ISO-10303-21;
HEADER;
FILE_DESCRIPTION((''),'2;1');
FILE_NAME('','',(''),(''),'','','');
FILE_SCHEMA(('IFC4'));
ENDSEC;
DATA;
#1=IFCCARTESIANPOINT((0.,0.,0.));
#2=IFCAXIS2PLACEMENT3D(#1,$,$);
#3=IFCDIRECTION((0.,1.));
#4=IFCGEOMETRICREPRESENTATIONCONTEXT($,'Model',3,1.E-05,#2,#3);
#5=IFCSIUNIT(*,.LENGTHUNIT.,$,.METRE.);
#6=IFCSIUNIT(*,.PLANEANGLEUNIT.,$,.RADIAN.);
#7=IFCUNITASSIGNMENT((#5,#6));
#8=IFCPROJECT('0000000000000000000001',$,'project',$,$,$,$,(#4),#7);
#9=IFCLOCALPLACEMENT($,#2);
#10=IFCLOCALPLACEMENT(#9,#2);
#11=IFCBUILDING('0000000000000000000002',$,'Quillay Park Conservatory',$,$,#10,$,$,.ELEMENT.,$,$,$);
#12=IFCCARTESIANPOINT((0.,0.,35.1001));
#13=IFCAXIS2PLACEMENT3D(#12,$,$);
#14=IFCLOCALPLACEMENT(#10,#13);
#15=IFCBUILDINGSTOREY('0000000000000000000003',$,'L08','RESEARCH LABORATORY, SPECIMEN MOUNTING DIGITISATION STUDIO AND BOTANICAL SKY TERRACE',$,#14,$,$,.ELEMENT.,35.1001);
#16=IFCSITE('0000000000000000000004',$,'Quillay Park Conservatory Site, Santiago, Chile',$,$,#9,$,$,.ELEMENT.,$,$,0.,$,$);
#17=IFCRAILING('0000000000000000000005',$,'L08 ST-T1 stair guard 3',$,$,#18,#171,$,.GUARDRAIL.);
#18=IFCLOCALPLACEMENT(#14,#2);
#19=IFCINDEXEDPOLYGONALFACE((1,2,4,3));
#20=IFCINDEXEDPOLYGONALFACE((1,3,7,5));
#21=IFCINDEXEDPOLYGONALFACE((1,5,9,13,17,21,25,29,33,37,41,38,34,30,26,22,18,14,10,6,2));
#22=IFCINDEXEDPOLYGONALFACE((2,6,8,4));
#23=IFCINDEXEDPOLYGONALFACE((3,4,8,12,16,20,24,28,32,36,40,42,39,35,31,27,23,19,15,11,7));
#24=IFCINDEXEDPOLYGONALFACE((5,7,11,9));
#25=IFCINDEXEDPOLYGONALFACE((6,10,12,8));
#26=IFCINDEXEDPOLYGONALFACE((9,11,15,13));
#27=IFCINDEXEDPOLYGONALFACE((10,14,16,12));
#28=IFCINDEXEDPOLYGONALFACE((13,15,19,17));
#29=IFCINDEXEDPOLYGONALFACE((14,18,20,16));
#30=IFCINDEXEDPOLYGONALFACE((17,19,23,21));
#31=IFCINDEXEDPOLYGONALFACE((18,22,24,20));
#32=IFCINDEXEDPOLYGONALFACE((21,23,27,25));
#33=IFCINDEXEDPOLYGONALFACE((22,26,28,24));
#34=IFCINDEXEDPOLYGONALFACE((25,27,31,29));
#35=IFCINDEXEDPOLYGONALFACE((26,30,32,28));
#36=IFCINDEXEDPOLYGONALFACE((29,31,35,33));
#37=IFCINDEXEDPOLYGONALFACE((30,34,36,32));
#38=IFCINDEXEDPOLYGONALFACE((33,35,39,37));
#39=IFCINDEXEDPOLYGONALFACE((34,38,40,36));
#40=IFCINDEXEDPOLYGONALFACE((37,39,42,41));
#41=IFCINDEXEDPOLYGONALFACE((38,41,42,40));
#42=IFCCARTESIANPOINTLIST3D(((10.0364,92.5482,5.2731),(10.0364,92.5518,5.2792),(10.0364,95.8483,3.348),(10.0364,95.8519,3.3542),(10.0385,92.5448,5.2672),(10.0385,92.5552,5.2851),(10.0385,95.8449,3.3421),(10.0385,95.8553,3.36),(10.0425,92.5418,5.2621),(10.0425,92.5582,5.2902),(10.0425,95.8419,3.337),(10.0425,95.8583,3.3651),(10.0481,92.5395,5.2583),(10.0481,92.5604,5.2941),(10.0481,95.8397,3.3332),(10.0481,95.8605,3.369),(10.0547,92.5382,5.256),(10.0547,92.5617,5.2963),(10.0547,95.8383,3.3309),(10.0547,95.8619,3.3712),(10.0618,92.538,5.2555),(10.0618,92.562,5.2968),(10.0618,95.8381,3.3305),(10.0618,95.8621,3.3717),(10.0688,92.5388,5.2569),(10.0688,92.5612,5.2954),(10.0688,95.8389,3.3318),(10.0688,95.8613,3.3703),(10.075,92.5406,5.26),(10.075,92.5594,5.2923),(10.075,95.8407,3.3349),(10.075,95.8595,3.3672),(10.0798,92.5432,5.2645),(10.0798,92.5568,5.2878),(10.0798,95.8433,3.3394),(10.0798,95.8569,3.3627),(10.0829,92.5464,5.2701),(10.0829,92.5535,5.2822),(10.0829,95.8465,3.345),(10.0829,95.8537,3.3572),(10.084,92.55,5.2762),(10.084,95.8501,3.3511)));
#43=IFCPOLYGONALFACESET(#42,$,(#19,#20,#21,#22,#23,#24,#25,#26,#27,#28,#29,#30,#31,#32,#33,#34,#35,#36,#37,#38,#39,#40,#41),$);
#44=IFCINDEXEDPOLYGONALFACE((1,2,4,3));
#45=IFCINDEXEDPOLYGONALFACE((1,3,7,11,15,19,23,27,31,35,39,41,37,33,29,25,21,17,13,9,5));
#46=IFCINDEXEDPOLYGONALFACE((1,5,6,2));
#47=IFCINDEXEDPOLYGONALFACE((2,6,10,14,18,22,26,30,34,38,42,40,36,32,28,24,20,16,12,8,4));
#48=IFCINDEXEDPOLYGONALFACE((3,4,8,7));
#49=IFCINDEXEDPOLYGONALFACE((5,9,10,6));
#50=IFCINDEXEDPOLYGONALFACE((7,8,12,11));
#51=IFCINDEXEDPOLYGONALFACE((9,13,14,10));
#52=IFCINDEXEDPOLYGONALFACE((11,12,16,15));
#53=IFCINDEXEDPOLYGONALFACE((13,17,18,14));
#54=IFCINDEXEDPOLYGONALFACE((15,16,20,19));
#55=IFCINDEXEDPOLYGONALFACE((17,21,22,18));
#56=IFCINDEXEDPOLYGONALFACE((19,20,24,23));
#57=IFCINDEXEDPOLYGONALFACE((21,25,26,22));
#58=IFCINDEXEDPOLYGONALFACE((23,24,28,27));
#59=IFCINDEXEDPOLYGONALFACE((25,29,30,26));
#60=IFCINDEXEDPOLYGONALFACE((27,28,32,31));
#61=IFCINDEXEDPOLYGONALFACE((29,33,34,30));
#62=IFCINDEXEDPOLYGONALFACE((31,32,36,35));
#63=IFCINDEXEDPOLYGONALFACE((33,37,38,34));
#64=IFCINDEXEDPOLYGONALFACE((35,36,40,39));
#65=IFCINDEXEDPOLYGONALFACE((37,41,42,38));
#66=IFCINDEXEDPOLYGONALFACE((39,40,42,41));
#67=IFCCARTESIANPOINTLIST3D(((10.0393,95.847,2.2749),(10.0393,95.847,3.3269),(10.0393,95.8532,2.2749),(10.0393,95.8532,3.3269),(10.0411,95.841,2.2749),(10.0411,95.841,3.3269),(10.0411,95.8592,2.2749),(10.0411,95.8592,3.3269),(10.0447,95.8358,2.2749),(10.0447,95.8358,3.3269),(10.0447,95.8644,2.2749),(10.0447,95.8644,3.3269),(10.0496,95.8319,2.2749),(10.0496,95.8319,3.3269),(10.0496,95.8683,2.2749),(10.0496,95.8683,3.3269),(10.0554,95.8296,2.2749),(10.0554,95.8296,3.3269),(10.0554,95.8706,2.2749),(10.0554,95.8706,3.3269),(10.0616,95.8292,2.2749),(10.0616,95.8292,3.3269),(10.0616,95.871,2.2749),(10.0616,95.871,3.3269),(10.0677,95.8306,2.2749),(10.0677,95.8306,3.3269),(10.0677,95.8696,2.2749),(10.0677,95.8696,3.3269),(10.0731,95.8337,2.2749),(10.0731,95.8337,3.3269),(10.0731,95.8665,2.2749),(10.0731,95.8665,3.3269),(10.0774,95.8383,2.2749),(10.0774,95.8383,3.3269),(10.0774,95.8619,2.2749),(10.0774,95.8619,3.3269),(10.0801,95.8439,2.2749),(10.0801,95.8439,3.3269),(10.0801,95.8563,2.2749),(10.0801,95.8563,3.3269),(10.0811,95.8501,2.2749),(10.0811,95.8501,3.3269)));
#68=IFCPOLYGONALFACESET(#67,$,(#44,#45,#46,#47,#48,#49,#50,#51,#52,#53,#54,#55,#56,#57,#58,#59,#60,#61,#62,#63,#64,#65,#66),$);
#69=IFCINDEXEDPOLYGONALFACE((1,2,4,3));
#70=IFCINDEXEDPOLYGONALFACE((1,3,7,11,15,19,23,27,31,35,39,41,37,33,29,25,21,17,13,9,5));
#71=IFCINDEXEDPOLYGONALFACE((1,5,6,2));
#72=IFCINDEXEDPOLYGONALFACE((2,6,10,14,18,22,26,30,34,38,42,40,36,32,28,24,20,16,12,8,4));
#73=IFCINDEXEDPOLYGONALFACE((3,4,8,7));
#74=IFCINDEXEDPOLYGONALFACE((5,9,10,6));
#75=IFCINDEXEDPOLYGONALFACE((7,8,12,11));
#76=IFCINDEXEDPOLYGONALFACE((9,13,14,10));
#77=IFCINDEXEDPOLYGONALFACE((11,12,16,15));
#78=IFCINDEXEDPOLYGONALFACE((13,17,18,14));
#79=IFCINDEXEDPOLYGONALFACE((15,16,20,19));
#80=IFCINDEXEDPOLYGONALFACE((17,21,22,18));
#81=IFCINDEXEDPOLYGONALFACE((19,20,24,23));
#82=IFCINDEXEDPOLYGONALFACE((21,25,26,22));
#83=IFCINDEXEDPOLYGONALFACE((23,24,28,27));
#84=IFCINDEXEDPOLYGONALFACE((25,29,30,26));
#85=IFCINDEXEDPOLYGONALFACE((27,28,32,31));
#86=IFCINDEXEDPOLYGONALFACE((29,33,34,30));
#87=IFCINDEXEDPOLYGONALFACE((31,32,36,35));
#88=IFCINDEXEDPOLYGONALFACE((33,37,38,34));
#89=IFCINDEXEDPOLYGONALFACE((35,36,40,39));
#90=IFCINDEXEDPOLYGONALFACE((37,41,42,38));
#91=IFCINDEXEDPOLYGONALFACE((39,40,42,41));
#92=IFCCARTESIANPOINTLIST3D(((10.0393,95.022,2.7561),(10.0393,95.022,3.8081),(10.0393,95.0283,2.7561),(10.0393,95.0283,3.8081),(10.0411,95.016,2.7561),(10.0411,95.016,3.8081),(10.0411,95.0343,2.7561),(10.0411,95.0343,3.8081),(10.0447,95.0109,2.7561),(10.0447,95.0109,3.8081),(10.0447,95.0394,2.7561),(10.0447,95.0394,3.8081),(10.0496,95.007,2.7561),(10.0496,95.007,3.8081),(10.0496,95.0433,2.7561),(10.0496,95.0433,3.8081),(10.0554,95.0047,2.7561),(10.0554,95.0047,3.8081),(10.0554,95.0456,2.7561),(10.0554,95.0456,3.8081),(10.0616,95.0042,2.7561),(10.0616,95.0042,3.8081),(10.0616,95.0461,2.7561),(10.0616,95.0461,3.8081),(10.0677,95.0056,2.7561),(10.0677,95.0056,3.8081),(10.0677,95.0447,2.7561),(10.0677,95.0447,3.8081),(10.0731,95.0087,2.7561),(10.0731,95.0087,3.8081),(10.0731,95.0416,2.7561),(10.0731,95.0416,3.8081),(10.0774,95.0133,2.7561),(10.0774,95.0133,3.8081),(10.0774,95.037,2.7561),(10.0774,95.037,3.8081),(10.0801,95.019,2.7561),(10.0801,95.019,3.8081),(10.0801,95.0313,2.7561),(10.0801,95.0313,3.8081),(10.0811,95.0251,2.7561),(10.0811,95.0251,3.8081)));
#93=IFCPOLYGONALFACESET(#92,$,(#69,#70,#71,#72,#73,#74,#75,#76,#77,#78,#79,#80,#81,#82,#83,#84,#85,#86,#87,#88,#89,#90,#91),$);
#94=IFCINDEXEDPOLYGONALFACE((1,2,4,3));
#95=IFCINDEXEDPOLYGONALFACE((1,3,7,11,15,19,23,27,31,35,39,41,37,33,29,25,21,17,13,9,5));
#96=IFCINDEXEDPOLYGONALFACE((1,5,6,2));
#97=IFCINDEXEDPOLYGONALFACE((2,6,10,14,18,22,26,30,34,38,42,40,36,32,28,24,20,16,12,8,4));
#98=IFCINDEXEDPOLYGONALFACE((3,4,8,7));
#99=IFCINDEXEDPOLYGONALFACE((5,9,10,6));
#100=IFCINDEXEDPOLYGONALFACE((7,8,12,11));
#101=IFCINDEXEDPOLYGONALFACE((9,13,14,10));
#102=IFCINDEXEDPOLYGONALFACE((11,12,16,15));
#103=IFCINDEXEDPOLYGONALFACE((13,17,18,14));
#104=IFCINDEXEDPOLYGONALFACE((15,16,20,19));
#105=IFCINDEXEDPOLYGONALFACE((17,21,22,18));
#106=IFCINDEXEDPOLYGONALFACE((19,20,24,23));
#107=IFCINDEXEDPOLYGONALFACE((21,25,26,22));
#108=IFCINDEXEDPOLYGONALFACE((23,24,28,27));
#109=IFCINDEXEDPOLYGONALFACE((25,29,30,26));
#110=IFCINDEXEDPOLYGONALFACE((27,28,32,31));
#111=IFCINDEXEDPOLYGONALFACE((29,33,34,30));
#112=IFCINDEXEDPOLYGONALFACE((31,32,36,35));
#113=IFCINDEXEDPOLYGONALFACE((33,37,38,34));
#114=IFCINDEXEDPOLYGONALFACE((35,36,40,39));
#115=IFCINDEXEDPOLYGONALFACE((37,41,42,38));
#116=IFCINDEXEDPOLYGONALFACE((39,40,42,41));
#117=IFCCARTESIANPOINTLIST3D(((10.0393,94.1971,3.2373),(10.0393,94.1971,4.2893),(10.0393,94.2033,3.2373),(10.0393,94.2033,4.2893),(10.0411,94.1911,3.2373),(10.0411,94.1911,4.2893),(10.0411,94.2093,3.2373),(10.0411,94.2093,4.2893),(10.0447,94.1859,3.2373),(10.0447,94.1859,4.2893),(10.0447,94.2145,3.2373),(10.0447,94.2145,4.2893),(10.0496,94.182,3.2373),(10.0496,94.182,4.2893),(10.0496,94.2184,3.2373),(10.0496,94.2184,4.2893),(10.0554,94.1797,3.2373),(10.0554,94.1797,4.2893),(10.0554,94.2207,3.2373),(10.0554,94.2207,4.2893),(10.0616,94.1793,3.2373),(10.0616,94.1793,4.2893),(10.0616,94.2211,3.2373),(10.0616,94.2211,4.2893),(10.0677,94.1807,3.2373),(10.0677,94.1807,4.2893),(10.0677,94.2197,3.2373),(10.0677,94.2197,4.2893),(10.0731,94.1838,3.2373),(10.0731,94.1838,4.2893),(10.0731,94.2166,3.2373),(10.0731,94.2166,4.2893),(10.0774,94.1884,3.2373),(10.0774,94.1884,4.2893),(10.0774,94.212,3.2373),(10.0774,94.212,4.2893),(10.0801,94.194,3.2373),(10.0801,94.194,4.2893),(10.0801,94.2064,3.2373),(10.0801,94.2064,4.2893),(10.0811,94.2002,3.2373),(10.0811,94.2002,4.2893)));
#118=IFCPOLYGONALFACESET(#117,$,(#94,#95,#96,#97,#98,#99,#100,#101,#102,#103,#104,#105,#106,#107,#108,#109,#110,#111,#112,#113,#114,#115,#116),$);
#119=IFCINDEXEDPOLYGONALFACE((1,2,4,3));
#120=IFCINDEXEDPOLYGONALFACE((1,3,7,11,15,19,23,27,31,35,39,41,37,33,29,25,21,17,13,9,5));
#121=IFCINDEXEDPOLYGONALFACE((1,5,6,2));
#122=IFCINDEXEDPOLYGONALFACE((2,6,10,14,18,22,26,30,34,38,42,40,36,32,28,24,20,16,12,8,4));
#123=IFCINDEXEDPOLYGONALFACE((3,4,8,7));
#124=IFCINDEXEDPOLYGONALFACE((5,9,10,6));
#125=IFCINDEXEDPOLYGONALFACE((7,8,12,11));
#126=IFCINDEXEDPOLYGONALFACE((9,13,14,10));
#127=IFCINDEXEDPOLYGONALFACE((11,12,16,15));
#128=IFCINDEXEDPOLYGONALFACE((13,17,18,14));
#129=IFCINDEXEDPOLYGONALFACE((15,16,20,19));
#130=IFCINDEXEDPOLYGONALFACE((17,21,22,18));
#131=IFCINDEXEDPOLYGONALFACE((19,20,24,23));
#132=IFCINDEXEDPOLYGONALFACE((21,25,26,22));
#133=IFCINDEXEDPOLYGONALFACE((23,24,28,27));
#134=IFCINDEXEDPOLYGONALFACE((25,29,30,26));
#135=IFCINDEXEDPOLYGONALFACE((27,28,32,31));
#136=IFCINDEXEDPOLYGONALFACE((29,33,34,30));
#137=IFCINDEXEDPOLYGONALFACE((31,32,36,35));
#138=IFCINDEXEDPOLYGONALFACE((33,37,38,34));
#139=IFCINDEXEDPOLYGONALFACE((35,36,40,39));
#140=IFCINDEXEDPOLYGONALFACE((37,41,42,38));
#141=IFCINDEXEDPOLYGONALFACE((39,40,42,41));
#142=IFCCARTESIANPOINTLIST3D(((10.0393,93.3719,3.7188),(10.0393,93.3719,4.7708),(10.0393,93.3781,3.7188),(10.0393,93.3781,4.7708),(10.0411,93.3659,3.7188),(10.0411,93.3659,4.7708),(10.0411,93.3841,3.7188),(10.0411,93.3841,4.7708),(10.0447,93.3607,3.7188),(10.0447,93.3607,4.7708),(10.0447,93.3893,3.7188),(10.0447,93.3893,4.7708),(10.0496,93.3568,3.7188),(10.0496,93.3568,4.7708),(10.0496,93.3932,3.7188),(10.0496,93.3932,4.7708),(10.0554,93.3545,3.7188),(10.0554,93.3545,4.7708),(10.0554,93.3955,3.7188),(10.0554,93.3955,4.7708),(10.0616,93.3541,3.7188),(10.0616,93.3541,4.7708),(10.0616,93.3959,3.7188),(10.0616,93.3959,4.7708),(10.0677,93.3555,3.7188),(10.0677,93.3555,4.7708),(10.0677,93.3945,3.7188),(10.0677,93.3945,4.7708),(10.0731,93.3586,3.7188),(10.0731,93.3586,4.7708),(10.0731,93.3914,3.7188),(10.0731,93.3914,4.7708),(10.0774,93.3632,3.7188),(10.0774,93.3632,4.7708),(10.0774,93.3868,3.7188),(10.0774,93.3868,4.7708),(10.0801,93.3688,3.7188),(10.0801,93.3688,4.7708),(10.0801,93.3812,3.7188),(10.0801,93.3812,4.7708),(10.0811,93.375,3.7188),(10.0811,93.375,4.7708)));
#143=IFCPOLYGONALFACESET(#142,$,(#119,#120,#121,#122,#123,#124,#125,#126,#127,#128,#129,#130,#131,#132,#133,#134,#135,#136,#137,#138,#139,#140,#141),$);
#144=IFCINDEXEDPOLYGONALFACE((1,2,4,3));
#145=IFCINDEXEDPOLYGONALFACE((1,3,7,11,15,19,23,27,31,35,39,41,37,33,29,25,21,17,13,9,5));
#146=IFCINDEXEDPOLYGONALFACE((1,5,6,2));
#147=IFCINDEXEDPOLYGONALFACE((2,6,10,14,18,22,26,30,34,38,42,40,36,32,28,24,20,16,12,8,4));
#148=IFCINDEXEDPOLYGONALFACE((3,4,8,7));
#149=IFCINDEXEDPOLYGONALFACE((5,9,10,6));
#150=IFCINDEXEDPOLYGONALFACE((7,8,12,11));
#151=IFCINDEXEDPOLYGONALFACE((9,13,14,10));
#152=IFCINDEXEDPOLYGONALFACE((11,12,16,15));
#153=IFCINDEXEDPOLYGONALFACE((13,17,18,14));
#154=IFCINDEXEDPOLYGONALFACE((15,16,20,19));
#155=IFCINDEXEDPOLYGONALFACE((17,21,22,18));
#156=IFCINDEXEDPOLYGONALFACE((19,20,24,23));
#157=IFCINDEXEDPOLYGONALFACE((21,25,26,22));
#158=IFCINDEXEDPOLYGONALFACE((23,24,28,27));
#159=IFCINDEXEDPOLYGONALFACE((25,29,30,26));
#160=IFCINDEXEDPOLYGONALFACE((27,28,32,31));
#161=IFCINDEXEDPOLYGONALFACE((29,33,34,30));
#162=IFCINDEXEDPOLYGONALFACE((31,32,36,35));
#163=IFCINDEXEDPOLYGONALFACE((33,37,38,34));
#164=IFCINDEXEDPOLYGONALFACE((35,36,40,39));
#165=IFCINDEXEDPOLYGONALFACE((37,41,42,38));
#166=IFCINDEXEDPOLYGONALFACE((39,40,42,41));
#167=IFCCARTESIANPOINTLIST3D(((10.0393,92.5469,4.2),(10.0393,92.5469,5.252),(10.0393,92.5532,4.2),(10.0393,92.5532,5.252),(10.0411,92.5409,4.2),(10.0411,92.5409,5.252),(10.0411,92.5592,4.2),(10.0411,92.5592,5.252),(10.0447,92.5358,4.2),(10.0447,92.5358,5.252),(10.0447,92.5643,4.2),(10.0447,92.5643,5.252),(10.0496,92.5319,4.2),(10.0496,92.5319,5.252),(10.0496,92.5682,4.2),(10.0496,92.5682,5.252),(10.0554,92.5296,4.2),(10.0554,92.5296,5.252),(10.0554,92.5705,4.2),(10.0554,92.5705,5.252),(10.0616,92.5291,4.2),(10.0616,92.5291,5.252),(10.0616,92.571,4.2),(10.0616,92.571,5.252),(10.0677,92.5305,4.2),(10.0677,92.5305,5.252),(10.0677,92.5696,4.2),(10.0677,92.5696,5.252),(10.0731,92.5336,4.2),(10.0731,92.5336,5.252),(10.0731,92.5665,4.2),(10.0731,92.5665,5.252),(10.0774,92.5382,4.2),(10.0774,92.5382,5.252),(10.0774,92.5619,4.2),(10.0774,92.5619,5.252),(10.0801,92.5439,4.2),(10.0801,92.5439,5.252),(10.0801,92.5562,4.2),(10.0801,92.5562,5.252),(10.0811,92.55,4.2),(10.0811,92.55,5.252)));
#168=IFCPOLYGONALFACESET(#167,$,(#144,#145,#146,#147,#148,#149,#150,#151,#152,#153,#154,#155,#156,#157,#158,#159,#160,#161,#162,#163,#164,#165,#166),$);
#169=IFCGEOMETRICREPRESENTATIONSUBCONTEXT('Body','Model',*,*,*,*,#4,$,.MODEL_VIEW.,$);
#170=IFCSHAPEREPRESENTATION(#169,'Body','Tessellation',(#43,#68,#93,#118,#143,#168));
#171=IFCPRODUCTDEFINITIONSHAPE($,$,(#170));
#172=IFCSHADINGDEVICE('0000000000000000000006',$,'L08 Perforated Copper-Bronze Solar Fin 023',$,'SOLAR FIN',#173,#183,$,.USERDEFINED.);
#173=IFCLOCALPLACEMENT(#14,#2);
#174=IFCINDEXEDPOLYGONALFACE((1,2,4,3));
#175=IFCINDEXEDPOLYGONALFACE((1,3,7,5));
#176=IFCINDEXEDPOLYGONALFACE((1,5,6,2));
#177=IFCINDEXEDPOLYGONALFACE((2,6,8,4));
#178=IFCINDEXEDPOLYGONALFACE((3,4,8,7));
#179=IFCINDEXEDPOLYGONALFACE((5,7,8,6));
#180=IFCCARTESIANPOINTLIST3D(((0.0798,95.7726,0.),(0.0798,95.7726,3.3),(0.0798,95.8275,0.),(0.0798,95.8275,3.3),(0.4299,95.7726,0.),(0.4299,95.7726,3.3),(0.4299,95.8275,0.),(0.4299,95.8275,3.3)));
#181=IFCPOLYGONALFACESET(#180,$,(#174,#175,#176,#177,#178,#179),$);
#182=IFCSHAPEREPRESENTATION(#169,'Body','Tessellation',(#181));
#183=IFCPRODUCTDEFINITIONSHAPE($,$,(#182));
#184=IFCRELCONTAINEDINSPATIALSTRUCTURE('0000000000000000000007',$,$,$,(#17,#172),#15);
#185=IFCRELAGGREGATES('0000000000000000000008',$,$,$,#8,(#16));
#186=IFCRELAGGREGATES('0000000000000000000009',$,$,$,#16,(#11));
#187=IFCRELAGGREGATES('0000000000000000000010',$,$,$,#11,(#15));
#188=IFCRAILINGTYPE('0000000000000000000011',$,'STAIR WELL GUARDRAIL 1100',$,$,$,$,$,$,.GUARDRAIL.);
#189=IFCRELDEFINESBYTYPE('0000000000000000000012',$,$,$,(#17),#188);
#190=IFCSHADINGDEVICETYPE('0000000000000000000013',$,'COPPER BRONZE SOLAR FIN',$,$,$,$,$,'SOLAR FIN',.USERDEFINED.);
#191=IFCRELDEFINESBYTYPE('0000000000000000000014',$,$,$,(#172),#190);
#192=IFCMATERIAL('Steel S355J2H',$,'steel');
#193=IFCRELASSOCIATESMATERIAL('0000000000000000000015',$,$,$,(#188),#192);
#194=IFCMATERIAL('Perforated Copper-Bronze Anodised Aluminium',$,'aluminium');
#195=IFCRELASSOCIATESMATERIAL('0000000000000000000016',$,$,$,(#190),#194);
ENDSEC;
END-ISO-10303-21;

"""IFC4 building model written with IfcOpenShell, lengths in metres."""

from ifc_helpers import new_model, si_unit, direction, frame, origin, origin_2d, place, context, subcontext, project, spatial, rectangle, circle, extrude, material, type_object, element, save


model = new_model("IFC4")

# Units and contexts
model_context = context("Model", 3, precision=1e-05, world=origin(), true_north=direction((0.0, 1.0)))
body_context = subcontext(model_context, "Body", "Model", "MODEL_VIEW")
ifc_project = project(units=[si_unit("LENGTHUNIT", "METRE"), si_unit("PLANEANGLEUNIT", "RADIAN")], contexts=[model_context])

# Site, building, storey
site_placement = place(None, origin())
site = spatial("IfcSite", under=ifc_project, at=site_placement, Name="Quillay Park Conservatory Site, Santiago, Chile", CompositionType="ELEMENT", RefElevation=0.0)
building_placement = place(site_placement, origin())
building = spatial("IfcBuilding", under=site, at=building_placement, Name="Quillay Park Conservatory", CompositionType="ELEMENT")
storey_placement = place(building_placement, frame((0.0, 0.0, 35.1001)))
storey = spatial("IfcBuildingStorey", under=building, at=storey_placement, Name="L08", Description="RESEARCH LABORATORY, SPECIMEN MOUNTING DIGITISATION STUDIO AND BOTANICAL SKY TERRACE", CompositionType="ELEMENT", Elevation=35.1001)

# Railing
ifc_material_1 = material(Name="Steel S355J2H", Category="steel")
railing_type_1 = type_object("IfcRailingType", Name="STAIR WELL GUARDRAIL 1100", PredefinedType="GUARDRAIL", material=ifc_material_1)
railing_1_placement = place(storey_placement, frame((10.0601, 95.8501, 2.2749)))
element("IfcRailing", 1, at=railing_1_placement, inside=storey, type_object=railing_type_1, Name="L08 ST-T1 stair guard 3", PredefinedType="GUARDRAIL", context=body_context, shape_type="SweptSolid", body=[
    extrude(circle(Radius=0.0239, at=origin_2d()), frame((0.0, 0.0, 1.0762), z_axis=(0.0, -0.863777, 0.503875), x_axis=(1.0, 0.0, 0.0)), (0.0, 0.0, 1.0), 3.8206),
    extrude(circle(Radius=0.021, at=origin_2d()), origin(), (0.0, 0.0, 1.0), 1.052),
    extrude(circle(Radius=0.021, at=origin_2d()), frame((0.0, -0.825, 0.4812)), (0.0, 0.0, 1.0), 1.052),
    extrude(circle(Radius=0.021, at=origin_2d()), frame((0.0, -1.6499, 0.9624)), (0.0, 0.0, 1.0), 1.052),
    extrude(circle(Radius=0.021, at=origin_2d()), frame((0.0, -2.4751, 1.4438)), (0.0, 0.0, 1.0), 1.052),
    extrude(circle(Radius=0.021, at=origin_2d()), frame((0.0, -3.3, 1.925)), (0.0, 0.0, 1.0), 1.052),
])

# Shading device
ifc_material_2 = material(Name="Perforated Copper-Bronze Anodised Aluminium", Category="aluminium")
shading_device_type = type_object("IfcShadingDeviceType", Name="COPPER BRONZE SOLAR FIN", ElementType="SOLAR FIN", PredefinedType="USERDEFINED", material=ifc_material_2)
shading_device_placement = place(storey_placement, frame((0.2549, 95.8, 0.0), z_axis=(0.0, 0.0, 1.0), x_axis=(1.0, 0.0, 0.0)))
element("IfcShadingDevice", 2, at=shading_device_placement, inside=storey, type_object=shading_device_type, Name="L08 Perforated Copper-Bronze Solar Fin 023", ObjectType="SOLAR FIN", PredefinedType="USERDEFINED", context=body_context, shape_type="SweptSolid", body=[
    extrude(rectangle(XDim=0.3501, YDim=0.0549, at=origin_2d()), origin(), (0.0, 0.0, 1.0), 3.3),
])

save(model, "model.ifc")
